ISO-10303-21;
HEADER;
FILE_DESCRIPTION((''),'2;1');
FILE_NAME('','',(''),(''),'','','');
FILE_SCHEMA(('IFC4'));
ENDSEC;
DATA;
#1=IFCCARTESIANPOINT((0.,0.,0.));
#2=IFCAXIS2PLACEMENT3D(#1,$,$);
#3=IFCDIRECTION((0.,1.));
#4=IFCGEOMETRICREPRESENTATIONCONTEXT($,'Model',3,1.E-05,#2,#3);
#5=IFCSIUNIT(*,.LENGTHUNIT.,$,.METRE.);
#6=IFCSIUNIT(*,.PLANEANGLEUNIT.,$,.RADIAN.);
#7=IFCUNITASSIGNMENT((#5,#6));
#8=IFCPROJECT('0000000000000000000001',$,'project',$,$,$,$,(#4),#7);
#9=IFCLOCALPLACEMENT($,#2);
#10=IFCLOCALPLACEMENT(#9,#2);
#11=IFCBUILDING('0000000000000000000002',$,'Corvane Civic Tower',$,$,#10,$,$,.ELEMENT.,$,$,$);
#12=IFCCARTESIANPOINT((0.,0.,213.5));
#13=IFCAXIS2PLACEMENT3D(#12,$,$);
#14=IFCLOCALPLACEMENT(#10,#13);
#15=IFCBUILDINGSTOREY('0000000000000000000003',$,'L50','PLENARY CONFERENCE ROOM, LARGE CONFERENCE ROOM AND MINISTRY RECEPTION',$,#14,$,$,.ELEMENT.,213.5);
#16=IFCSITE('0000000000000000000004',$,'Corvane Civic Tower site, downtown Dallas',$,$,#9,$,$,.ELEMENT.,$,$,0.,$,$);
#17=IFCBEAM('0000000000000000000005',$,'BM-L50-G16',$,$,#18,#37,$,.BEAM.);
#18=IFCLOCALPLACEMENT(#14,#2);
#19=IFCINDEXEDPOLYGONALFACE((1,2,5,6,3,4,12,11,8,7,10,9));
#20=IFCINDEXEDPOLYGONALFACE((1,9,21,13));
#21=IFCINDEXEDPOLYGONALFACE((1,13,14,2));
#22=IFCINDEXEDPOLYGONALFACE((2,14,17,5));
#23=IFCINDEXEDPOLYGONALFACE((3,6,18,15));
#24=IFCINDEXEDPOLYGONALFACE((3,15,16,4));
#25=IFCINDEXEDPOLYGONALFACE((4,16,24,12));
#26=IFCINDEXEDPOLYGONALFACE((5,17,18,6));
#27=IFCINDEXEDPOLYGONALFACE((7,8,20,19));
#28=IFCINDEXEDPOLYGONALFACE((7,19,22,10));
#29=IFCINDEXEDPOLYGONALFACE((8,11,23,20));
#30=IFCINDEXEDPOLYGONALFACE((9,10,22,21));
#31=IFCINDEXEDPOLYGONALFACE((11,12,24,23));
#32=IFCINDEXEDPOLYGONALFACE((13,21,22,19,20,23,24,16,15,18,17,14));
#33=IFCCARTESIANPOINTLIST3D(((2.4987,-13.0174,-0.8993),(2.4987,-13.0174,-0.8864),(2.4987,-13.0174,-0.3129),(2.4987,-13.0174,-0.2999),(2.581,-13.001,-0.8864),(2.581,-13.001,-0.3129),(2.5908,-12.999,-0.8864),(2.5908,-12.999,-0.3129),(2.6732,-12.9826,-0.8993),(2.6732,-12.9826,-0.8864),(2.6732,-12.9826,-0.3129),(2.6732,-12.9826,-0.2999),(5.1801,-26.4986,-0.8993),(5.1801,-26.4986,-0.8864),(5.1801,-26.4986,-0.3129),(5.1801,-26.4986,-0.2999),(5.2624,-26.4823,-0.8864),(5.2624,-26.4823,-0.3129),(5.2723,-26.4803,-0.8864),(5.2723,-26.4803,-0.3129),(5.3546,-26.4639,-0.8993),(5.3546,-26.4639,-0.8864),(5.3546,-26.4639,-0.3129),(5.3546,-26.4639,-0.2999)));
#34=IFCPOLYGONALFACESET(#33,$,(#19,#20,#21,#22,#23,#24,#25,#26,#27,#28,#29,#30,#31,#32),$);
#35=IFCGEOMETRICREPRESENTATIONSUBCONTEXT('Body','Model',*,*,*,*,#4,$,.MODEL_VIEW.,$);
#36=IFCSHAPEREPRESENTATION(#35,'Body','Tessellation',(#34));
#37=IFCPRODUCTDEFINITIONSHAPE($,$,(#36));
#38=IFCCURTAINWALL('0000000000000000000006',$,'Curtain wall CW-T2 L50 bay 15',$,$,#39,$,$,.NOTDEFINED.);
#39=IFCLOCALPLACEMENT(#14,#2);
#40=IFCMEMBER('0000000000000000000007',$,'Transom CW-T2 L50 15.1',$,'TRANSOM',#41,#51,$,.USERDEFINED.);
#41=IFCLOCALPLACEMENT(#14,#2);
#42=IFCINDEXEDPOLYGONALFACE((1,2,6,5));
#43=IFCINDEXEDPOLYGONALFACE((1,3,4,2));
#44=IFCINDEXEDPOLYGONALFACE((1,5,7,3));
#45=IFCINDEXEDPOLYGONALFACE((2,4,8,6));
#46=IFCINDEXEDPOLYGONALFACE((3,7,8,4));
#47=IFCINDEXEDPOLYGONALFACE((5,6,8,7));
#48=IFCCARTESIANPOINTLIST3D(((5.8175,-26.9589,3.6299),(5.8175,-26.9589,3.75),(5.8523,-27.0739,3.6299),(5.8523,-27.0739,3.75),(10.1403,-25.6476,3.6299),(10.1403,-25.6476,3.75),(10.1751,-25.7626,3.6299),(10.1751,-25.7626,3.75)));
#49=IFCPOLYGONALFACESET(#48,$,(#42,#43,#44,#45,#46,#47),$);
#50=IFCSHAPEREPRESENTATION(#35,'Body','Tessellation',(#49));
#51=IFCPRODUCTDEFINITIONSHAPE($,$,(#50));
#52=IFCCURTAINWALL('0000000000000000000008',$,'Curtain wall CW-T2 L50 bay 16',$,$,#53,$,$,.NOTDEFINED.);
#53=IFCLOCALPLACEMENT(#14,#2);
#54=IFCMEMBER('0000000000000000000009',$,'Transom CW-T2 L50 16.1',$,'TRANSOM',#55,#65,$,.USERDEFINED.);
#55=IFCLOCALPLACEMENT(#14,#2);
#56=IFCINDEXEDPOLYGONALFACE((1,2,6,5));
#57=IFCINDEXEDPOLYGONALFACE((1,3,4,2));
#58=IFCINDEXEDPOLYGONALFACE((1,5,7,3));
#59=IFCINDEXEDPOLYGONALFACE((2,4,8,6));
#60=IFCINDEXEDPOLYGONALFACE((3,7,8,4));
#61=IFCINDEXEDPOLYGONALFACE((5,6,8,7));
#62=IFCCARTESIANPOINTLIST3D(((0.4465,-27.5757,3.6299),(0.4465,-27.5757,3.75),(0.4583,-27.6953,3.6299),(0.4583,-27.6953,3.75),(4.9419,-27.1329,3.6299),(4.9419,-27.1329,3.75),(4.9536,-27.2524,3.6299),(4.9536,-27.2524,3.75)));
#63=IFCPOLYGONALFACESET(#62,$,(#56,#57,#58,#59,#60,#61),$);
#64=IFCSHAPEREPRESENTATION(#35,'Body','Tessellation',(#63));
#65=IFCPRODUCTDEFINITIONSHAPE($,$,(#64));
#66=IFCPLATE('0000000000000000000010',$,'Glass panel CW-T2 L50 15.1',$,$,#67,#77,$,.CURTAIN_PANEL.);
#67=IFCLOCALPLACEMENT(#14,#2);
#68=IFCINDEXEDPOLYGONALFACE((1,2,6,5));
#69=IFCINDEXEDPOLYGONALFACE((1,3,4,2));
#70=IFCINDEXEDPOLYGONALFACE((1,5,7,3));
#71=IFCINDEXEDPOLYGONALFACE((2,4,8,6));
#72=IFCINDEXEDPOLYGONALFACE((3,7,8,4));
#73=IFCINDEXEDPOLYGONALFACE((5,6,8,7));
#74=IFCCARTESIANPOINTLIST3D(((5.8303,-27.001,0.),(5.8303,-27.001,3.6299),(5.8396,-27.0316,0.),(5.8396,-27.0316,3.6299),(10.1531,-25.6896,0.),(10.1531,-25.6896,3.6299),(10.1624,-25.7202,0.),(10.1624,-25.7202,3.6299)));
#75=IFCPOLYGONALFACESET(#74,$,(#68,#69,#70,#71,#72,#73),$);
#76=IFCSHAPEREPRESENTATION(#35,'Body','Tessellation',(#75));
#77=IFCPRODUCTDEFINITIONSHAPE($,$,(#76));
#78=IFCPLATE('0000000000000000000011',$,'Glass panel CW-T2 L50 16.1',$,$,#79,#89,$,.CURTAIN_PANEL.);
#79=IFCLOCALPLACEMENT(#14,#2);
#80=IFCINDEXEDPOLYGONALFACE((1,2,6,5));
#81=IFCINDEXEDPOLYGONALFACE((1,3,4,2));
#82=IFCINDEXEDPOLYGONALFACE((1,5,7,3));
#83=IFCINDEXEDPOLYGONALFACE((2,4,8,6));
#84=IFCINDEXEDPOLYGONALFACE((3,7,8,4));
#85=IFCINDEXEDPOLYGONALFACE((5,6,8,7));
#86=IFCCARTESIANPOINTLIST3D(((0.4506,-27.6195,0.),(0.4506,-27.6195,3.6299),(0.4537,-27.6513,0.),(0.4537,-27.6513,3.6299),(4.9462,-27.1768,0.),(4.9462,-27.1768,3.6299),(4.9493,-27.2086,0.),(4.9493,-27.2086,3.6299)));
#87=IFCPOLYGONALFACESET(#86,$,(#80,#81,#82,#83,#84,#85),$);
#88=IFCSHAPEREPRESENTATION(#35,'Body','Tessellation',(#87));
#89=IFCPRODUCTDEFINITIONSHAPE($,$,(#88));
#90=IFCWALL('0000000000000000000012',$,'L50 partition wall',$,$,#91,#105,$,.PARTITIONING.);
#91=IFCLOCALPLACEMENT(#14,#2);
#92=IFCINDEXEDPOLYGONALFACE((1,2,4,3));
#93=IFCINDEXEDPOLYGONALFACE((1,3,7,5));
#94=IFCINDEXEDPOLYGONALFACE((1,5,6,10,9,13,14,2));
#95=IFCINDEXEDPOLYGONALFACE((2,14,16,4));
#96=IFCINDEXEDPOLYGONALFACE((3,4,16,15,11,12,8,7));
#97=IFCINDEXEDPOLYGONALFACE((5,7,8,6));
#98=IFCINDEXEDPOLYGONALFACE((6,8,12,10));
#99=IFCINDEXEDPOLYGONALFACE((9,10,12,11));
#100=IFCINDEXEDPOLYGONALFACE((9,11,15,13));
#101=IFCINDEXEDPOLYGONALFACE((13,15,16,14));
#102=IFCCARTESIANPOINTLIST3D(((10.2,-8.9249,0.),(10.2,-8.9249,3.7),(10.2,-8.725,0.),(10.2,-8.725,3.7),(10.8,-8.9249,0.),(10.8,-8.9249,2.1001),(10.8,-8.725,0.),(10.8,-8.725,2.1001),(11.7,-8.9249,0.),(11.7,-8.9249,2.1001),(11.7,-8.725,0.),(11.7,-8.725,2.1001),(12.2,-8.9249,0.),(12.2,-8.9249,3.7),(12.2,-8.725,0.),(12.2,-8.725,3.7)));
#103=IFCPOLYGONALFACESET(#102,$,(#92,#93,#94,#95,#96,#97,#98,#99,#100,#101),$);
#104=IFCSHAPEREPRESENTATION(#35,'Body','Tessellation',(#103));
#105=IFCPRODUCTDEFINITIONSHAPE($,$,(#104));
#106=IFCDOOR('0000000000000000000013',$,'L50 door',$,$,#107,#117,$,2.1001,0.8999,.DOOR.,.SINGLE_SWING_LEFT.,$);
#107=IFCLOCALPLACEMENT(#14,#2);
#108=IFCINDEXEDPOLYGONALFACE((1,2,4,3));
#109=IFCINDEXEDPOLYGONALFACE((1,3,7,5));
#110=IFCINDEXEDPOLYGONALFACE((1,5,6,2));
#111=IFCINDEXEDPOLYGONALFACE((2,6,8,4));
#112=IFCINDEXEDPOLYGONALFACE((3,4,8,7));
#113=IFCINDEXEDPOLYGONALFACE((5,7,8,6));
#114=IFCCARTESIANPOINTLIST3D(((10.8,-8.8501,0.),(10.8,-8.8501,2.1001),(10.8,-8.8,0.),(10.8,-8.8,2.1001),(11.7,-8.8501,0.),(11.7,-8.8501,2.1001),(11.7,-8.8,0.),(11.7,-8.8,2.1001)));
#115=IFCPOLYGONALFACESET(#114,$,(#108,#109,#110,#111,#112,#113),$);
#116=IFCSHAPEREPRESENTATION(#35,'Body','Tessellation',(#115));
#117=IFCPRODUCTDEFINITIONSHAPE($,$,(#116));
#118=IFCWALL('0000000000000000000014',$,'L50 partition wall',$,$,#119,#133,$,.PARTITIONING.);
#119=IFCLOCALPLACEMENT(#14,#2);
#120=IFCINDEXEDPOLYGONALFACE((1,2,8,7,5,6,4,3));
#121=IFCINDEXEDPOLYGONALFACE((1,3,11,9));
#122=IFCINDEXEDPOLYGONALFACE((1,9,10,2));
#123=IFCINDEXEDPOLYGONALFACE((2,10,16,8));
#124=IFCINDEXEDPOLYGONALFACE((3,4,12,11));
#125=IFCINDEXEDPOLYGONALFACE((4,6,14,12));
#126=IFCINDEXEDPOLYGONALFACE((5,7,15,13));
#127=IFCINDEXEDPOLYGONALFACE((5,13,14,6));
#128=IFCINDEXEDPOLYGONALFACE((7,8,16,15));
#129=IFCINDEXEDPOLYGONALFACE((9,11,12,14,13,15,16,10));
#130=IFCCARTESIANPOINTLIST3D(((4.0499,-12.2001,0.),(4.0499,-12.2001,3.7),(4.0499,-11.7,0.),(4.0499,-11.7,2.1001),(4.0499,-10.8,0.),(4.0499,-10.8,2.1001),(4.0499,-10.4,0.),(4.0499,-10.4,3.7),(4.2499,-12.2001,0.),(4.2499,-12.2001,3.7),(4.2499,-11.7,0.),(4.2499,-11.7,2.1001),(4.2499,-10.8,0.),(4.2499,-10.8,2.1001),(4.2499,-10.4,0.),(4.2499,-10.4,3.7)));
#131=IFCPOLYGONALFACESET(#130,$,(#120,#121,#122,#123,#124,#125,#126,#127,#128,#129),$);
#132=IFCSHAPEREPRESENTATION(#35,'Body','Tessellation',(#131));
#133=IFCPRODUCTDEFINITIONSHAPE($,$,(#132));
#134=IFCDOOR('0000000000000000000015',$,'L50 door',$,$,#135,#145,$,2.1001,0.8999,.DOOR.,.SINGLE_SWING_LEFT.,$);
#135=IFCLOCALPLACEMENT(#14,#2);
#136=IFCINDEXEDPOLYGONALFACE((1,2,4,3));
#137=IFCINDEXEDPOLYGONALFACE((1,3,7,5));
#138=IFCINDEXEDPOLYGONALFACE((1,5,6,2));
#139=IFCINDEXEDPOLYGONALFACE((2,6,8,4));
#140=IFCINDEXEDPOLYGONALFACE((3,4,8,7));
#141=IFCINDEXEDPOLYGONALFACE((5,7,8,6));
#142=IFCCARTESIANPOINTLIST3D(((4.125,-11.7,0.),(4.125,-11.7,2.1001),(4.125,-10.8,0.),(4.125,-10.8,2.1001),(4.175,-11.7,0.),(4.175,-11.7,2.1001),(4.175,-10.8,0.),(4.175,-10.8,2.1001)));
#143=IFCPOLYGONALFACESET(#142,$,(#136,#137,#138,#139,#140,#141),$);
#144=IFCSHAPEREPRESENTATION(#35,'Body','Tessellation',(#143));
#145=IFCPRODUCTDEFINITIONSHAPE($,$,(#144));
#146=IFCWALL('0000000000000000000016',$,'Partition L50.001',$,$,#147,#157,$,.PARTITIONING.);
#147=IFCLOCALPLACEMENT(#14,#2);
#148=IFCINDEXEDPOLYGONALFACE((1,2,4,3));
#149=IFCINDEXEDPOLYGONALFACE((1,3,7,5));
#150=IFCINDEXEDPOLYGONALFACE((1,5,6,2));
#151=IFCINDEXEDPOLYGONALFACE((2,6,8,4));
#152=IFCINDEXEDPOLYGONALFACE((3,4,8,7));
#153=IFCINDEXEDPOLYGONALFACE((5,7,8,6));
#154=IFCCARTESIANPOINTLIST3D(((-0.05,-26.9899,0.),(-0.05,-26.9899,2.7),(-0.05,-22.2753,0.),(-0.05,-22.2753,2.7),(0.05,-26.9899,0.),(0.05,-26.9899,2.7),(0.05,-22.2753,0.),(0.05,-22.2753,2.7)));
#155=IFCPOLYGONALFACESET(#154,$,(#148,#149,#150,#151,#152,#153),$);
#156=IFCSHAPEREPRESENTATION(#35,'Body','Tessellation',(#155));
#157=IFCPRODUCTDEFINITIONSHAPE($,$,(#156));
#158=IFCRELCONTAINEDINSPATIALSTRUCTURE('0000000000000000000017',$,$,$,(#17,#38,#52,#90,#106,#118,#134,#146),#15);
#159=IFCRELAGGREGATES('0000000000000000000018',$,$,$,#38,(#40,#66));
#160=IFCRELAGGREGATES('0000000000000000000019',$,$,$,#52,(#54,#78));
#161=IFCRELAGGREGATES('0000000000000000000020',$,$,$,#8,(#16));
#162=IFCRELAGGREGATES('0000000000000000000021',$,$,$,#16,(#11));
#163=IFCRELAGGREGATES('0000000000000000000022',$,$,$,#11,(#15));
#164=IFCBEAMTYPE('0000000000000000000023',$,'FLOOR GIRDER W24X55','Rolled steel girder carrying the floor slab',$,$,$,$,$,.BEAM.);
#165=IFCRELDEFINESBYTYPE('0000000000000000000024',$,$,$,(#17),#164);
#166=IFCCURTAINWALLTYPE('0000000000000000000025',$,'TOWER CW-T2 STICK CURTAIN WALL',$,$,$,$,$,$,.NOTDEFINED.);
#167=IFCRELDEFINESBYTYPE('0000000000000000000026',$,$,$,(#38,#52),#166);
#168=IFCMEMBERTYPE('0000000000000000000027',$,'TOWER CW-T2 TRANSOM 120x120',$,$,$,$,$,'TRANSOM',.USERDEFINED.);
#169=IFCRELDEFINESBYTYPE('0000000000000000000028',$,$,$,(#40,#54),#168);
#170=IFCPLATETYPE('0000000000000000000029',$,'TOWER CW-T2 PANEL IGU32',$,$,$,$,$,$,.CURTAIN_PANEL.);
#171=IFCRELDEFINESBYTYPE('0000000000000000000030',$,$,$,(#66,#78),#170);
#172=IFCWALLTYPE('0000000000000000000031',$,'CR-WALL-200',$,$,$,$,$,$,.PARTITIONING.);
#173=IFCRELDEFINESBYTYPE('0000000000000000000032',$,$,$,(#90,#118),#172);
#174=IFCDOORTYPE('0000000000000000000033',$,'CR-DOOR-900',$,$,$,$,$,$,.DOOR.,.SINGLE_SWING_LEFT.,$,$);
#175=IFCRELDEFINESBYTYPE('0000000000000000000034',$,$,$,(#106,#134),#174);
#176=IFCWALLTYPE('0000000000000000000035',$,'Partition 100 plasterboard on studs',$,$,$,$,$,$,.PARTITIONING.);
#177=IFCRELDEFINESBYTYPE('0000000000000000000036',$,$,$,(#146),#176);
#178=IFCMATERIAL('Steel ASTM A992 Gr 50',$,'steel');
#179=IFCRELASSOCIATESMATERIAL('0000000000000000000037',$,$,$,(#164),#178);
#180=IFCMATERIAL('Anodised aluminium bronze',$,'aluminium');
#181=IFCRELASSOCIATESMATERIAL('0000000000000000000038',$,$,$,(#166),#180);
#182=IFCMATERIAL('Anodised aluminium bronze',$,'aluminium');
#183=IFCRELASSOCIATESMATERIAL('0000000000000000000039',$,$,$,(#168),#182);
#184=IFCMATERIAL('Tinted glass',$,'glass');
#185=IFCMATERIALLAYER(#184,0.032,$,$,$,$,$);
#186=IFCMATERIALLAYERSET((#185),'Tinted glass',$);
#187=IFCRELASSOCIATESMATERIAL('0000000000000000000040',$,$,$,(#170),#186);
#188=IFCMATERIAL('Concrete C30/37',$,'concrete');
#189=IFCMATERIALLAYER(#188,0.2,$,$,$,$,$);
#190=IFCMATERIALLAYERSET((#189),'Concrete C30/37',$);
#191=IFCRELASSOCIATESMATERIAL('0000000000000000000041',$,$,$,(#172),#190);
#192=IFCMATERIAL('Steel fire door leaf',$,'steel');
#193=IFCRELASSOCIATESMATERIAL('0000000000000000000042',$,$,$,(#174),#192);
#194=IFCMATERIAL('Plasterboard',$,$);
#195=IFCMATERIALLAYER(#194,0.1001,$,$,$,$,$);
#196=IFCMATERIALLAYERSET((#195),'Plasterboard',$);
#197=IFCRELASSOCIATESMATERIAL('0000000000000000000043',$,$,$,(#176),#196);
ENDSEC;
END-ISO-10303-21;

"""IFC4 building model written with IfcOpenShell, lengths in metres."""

from ifc_helpers import new_model, si_unit, direction, frame, frame_2d, origin, origin_2d, place, context, subcontext, project, spatial, rectangle, i_section, extrude, material, layer, layer_set, material_profile, profile_set, type_object, element, fill, aggregate, save


model = new_model("IFC4")

# Units and contexts
model_context = context("Model", 3, precision=1e-05, world=origin(), true_north=direction((0.0, 1.0)))
body_context = subcontext(model_context, "Body", "Model", "MODEL_VIEW")
ifc_project = project(units=[si_unit("LENGTHUNIT", "METRE"), si_unit("PLANEANGLEUNIT", "RADIAN")], contexts=[model_context])

# Site, building, storey
site_placement = place(None, origin())
site = spatial("IfcSite", under=ifc_project, at=site_placement, Name="Corvane Civic Tower site, downtown Dallas", CompositionType="ELEMENT", RefElevation=0.0)
building_placement = place(site_placement, origin())
building = spatial("IfcBuilding", under=site, at=building_placement, Name="Corvane Civic Tower", CompositionType="ELEMENT")
storey_placement = place(building_placement, frame((0.0, 0.0, 213.5)))
storey = spatial("IfcBuildingStorey", under=building, at=storey_placement, Name="L50", Description="PLENARY CONFERENCE ROOM, LARGE CONFERENCE ROOM AND MINISTRY RECEPTION", CompositionType="ELEMENT", Elevation=213.5)

# Beam
ifc_material_1 = material(Name="Steel ASTM A992 Gr 50", Category="steel")
ifc_material_profile_1 = material_profile(ifc_material_1, i_section(OverallWidth=0.178, OverallDepth=0.5994, WebThickness=0.01, FlangeThickness=0.0129, at=origin_2d()), Name="W24X55")
ifc_profile_set_1 = profile_set([ifc_material_profile_1], Name="Steel ASTM A992 Gr 50")
beam_type_1 = type_object("IfcBeamType", Name="FLOOR GIRDER W24X55", Description="Rolled steel girder carrying the floor slab", PredefinedType="BEAM", material=ifc_profile_set_1)
beam_1_placement = place(storey_placement, frame((2.5859, -13.0, -0.5996), z_axis=(0.195078, -0.980788, 0.0), x_axis=(0.980788, 0.195078, 0.0)))
element("IfcBeam", 1, at=beam_1_placement, inside=storey, type_object=beam_type_1, Name="BM-L50-G16", PredefinedType="BEAM", context=body_context, shape_type="SweptSolid", body=[
    extrude(i_section(OverallWidth=0.178, OverallDepth=0.5994, WebThickness=0.01, FlangeThickness=0.0129, at=origin_2d()), origin(), (0.0, 0.0, 1.0), 13.7454),
])

# Curtain walls, members
ifc_material_2 = material(Name="Anodised aluminium bronze", Category="aluminium")
curtain_wall_type = type_object("IfcCurtainWallType", Name="TOWER CW-T2 STICK CURTAIN WALL", PredefinedType="NOTDEFINED", material=ifc_material_2)
curtain_wall_1_placement = place(storey_placement, origin())
curtain_wall_1 = element("IfcCurtainWall", 2, at=curtain_wall_1_placement, inside=storey, type_object=curtain_wall_type, Name="Curtain wall CW-T2 L50 bay 15", PredefinedType="NOTDEFINED")
ifc_material_3 = material(Name="Anodised aluminium bronze", Category="aluminium")
ifc_material_profile_2 = material_profile(ifc_material_3, rectangle(XDim=0.1201, YDim=0.1201, at=origin_2d()), Name="TOWER CW-T2 TRANSOM 120x120")
ifc_profile_set_2 = profile_set([ifc_material_profile_2], Name="Anodised aluminium bronze")
member_type = type_object("IfcMemberType", Name="TOWER CW-T2 TRANSOM 120x120", ElementType="TRANSOM", PredefinedType="USERDEFINED", material=ifc_profile_set_2)
member_1_placement = place(storey_placement, frame((10.1577, -25.7051, 3.6899), z_axis=(-0.956941, -0.290282, 0.0), x_axis=(0.290282, -0.956941, 0.0)))
member_1 = element("IfcMember", 3, at=member_1_placement, type_object=member_type, Name="Transom CW-T2 L50 15.1", ObjectType="TRANSOM", PredefinedType="USERDEFINED", context=body_context, shape_type="SweptSolid", body=[
    extrude(rectangle(XDim=0.1201, YDim=0.1201, at=origin_2d()), origin(), (0.0, 0.0, 1.0), 4.5173),
])
curtain_wall_2_placement = place(storey_placement, origin())
curtain_wall_2 = element("IfcCurtainWall", 4, at=curtain_wall_2_placement, inside=storey, type_object=curtain_wall_type, Name="Curtain wall CW-T2 L50 bay 16", PredefinedType="NOTDEFINED")
member_2_placement = place(storey_placement, frame((4.9478, -27.1926, 3.6899), z_axis=(-0.995182, -0.098043, 0.0), x_axis=(0.098043, -0.995182, 0.0)))
member_2 = element("IfcMember", 5, at=member_2_placement, type_object=member_type, Name="Transom CW-T2 L50 16.1", ObjectType="TRANSOM", PredefinedType="USERDEFINED", context=body_context, shape_type="SweptSolid", body=[
    extrude(rectangle(XDim=0.1201, YDim=0.1201, at=origin_2d()), origin(), (0.0, 0.0, 1.0), 4.5171),
])

# Plates
ifc_material_4 = material(Name="Tinted glass", Category="glass")
ifc_layer_1 = layer(ifc_material_4, 0.032)
ifc_layer_set_1 = layer_set([ifc_layer_1], Name="Tinted glass")
plate_type = type_object("IfcPlateType", Name="TOWER CW-T2 PANEL IGU32", PredefinedType="CURTAIN_PANEL", material=ifc_layer_set_1)
plate_1_placement = place(storey_placement, frame((7.9963, -26.3606, 0.0), z_axis=(0.0, 0.0, 1.0), x_axis=(-0.956939, -0.29029, 0.0)))
plate_1 = element("IfcPlate", 6, at=plate_1_placement, type_object=plate_type, Name="Glass panel CW-T2 L50 15.1", PredefinedType="CURTAIN_PANEL", context=body_context, shape_type="SweptSolid", body=[
    extrude(rectangle(XDim=4.5173, YDim=0.032, at=origin_2d()), origin(), (0.0, 0.0, 1.0), 3.6299),
])
aggregate(curtain_wall_1, [member_1, plate_1])
plate_2_placement = place(storey_placement, frame((2.7, -27.4141, 0.0), z_axis=(0.0, 0.0, 1.0), x_axis=(-0.995187, -0.097993, 0.0)))
plate_2 = element("IfcPlate", 7, at=plate_2_placement, type_object=plate_type, Name="Glass panel CW-T2 L50 16.1", PredefinedType="CURTAIN_PANEL", context=body_context, shape_type="SweptSolid", body=[
    extrude(rectangle(XDim=4.5173, YDim=0.032, at=origin_2d()), origin(), (0.0, 0.0, 1.0), 3.6299),
])
aggregate(curtain_wall_2, [member_2, plate_2])

# Walls, openings, doors
ifc_material_5 = material(Name="Concrete C30/37", Category="concrete")
ifc_layer_2 = layer(ifc_material_5, 0.2)
ifc_layer_set_2 = layer_set([ifc_layer_2], Name="Concrete C30/37")
wall_type_1 = type_object("IfcWallType", Name="CR-WALL-200", PredefinedType="PARTITIONING", material=ifc_layer_set_2)
wall_1_placement = place(storey_placement, frame((10.2, -8.825, 0.0), z_axis=(0.0, 0.0, 1.0), x_axis=(1.0, 0.0, 0.0)))
wall_1 = element("IfcWall", 8, at=wall_1_placement, inside=storey, type_object=wall_type_1, Name="L50 partition wall", PredefinedType="PARTITIONING", context=body_context, shape_type="SweptSolid", body=[
    extrude(rectangle(XDim=2.0, YDim=0.2, at=frame_2d((1.0, 0.0))), origin(), (0.0, 0.0, 1.0), 3.7),
])
opening_1_placement = place(wall_1_placement, frame((0.6001, 0.0, 0.0)))
opening_1 = element("IfcOpeningElement", 9, at=opening_1_placement, cuts=wall_1, PredefinedType="OPENING", context=body_context, shape_type="SweptSolid", body=[
    extrude(rectangle(XDim=0.8999, YDim=2.1001, at=frame_2d((0.45, 1.05))), frame((0.0, 0.1099, 0.0), z_axis=(0.0, -1.0, 0.0), x_axis=(1.0, 0.0, 0.0)), (0.0, 0.0, 1.0), 0.22),
])
ifc_material_6 = material(Name="Steel fire door leaf", Category="steel")
door_type_1 = type_object("IfcDoorType", Name="CR-DOOR-900", OperationType="SINGLE_SWING_LEFT", PredefinedType="DOOR", material=ifc_material_6)
door_1_placement = place(opening_1_placement, origin())
door_1 = element("IfcDoor", 10, at=door_1_placement, inside=storey, type_object=door_type_1, Name="L50 door", OperationType="SINGLE_SWING_LEFT", OverallHeight=2.1001, OverallWidth=0.8999, PredefinedType="DOOR", context=body_context, shape_type="SweptSolid", body=[
    extrude(rectangle(XDim=0.8999, YDim=2.1001, at=frame_2d((0.45, 1.05))), frame((0.0, 0.0249, 0.0), z_axis=(0.0, -1.0, 0.0), x_axis=(1.0, 0.0, 0.0)), (0.0, 0.0, 1.0), 0.05),
])
fill(opening_1, door_1)
wall_2_placement = place(storey_placement, frame((4.1499, -12.2, 0.0), z_axis=(0.0, 0.0, 1.0), x_axis=(0.0, 1.0, 0.0)))
wall_2 = element("IfcWall", 11, at=wall_2_placement, inside=storey, type_object=wall_type_1, Name="L50 partition wall", PredefinedType="PARTITIONING", context=body_context, shape_type="SweptSolid", body=[
    extrude(rectangle(XDim=1.8, YDim=0.2, at=frame_2d((0.8999, 0.0))), origin(), (0.0, 0.0, 1.0), 3.7),
])
opening_2_placement = place(wall_2_placement, frame((0.5, 0.0, 0.0)))
opening_2 = element("IfcOpeningElement", 12, at=opening_2_placement, cuts=wall_2, PredefinedType="OPENING", context=body_context, shape_type="SweptSolid", body=[
    extrude(rectangle(XDim=0.8999, YDim=2.1001, at=frame_2d((0.45, 1.05))), frame((0.0, 0.1099, 0.0), z_axis=(0.0, -1.0, 0.0), x_axis=(1.0, 0.0, 0.0)), (0.0, 0.0, 1.0), 0.22),
])
door_2_placement = place(opening_2_placement, origin())
door_2 = element("IfcDoor", 13, at=door_2_placement, inside=storey, type_object=door_type_1, Name="L50 door", OperationType="SINGLE_SWING_LEFT", OverallHeight=2.1001, OverallWidth=0.8999, PredefinedType="DOOR", context=body_context, shape_type="SweptSolid", body=[
    extrude(rectangle(XDim=0.8999, YDim=2.1001, at=frame_2d((0.45, 1.05))), frame((0.0, 0.0249, 0.0), z_axis=(0.0, -1.0, 0.0), x_axis=(1.0, 0.0, 0.0)), (0.0, 0.0, 1.0), 0.05),
])
fill(opening_2, door_2)

# Wall
ifc_material_7 = material(Name="Plasterboard")
ifc_layer_3 = layer(ifc_material_7, 0.1001)
ifc_layer_set_3 = layer_set([ifc_layer_3], Name="Plasterboard")
wall_type_2 = type_object("IfcWallType", Name="Partition 100 plasterboard on studs", PredefinedType="PARTITIONING", material=ifc_layer_set_3)
wall_3_placement = place(storey_placement, frame((0.0, -26.99, 0.0), z_axis=(0.0, 0.0, 1.0), x_axis=(0.0, 1.0, 0.0)))
element("IfcWall", 14, at=wall_3_placement, inside=storey, type_object=wall_type_2, Name="Partition L50.001", PredefinedType="PARTITIONING", context=body_context, shape_type="SweptSolid", body=[
    extrude(rectangle(XDim=4.7146, YDim=0.1001, at=frame_2d((2.3574, 0.0))), origin(), (0.0, 0.0, 1.0), 2.7),
])

save(model, "model.ifc")
